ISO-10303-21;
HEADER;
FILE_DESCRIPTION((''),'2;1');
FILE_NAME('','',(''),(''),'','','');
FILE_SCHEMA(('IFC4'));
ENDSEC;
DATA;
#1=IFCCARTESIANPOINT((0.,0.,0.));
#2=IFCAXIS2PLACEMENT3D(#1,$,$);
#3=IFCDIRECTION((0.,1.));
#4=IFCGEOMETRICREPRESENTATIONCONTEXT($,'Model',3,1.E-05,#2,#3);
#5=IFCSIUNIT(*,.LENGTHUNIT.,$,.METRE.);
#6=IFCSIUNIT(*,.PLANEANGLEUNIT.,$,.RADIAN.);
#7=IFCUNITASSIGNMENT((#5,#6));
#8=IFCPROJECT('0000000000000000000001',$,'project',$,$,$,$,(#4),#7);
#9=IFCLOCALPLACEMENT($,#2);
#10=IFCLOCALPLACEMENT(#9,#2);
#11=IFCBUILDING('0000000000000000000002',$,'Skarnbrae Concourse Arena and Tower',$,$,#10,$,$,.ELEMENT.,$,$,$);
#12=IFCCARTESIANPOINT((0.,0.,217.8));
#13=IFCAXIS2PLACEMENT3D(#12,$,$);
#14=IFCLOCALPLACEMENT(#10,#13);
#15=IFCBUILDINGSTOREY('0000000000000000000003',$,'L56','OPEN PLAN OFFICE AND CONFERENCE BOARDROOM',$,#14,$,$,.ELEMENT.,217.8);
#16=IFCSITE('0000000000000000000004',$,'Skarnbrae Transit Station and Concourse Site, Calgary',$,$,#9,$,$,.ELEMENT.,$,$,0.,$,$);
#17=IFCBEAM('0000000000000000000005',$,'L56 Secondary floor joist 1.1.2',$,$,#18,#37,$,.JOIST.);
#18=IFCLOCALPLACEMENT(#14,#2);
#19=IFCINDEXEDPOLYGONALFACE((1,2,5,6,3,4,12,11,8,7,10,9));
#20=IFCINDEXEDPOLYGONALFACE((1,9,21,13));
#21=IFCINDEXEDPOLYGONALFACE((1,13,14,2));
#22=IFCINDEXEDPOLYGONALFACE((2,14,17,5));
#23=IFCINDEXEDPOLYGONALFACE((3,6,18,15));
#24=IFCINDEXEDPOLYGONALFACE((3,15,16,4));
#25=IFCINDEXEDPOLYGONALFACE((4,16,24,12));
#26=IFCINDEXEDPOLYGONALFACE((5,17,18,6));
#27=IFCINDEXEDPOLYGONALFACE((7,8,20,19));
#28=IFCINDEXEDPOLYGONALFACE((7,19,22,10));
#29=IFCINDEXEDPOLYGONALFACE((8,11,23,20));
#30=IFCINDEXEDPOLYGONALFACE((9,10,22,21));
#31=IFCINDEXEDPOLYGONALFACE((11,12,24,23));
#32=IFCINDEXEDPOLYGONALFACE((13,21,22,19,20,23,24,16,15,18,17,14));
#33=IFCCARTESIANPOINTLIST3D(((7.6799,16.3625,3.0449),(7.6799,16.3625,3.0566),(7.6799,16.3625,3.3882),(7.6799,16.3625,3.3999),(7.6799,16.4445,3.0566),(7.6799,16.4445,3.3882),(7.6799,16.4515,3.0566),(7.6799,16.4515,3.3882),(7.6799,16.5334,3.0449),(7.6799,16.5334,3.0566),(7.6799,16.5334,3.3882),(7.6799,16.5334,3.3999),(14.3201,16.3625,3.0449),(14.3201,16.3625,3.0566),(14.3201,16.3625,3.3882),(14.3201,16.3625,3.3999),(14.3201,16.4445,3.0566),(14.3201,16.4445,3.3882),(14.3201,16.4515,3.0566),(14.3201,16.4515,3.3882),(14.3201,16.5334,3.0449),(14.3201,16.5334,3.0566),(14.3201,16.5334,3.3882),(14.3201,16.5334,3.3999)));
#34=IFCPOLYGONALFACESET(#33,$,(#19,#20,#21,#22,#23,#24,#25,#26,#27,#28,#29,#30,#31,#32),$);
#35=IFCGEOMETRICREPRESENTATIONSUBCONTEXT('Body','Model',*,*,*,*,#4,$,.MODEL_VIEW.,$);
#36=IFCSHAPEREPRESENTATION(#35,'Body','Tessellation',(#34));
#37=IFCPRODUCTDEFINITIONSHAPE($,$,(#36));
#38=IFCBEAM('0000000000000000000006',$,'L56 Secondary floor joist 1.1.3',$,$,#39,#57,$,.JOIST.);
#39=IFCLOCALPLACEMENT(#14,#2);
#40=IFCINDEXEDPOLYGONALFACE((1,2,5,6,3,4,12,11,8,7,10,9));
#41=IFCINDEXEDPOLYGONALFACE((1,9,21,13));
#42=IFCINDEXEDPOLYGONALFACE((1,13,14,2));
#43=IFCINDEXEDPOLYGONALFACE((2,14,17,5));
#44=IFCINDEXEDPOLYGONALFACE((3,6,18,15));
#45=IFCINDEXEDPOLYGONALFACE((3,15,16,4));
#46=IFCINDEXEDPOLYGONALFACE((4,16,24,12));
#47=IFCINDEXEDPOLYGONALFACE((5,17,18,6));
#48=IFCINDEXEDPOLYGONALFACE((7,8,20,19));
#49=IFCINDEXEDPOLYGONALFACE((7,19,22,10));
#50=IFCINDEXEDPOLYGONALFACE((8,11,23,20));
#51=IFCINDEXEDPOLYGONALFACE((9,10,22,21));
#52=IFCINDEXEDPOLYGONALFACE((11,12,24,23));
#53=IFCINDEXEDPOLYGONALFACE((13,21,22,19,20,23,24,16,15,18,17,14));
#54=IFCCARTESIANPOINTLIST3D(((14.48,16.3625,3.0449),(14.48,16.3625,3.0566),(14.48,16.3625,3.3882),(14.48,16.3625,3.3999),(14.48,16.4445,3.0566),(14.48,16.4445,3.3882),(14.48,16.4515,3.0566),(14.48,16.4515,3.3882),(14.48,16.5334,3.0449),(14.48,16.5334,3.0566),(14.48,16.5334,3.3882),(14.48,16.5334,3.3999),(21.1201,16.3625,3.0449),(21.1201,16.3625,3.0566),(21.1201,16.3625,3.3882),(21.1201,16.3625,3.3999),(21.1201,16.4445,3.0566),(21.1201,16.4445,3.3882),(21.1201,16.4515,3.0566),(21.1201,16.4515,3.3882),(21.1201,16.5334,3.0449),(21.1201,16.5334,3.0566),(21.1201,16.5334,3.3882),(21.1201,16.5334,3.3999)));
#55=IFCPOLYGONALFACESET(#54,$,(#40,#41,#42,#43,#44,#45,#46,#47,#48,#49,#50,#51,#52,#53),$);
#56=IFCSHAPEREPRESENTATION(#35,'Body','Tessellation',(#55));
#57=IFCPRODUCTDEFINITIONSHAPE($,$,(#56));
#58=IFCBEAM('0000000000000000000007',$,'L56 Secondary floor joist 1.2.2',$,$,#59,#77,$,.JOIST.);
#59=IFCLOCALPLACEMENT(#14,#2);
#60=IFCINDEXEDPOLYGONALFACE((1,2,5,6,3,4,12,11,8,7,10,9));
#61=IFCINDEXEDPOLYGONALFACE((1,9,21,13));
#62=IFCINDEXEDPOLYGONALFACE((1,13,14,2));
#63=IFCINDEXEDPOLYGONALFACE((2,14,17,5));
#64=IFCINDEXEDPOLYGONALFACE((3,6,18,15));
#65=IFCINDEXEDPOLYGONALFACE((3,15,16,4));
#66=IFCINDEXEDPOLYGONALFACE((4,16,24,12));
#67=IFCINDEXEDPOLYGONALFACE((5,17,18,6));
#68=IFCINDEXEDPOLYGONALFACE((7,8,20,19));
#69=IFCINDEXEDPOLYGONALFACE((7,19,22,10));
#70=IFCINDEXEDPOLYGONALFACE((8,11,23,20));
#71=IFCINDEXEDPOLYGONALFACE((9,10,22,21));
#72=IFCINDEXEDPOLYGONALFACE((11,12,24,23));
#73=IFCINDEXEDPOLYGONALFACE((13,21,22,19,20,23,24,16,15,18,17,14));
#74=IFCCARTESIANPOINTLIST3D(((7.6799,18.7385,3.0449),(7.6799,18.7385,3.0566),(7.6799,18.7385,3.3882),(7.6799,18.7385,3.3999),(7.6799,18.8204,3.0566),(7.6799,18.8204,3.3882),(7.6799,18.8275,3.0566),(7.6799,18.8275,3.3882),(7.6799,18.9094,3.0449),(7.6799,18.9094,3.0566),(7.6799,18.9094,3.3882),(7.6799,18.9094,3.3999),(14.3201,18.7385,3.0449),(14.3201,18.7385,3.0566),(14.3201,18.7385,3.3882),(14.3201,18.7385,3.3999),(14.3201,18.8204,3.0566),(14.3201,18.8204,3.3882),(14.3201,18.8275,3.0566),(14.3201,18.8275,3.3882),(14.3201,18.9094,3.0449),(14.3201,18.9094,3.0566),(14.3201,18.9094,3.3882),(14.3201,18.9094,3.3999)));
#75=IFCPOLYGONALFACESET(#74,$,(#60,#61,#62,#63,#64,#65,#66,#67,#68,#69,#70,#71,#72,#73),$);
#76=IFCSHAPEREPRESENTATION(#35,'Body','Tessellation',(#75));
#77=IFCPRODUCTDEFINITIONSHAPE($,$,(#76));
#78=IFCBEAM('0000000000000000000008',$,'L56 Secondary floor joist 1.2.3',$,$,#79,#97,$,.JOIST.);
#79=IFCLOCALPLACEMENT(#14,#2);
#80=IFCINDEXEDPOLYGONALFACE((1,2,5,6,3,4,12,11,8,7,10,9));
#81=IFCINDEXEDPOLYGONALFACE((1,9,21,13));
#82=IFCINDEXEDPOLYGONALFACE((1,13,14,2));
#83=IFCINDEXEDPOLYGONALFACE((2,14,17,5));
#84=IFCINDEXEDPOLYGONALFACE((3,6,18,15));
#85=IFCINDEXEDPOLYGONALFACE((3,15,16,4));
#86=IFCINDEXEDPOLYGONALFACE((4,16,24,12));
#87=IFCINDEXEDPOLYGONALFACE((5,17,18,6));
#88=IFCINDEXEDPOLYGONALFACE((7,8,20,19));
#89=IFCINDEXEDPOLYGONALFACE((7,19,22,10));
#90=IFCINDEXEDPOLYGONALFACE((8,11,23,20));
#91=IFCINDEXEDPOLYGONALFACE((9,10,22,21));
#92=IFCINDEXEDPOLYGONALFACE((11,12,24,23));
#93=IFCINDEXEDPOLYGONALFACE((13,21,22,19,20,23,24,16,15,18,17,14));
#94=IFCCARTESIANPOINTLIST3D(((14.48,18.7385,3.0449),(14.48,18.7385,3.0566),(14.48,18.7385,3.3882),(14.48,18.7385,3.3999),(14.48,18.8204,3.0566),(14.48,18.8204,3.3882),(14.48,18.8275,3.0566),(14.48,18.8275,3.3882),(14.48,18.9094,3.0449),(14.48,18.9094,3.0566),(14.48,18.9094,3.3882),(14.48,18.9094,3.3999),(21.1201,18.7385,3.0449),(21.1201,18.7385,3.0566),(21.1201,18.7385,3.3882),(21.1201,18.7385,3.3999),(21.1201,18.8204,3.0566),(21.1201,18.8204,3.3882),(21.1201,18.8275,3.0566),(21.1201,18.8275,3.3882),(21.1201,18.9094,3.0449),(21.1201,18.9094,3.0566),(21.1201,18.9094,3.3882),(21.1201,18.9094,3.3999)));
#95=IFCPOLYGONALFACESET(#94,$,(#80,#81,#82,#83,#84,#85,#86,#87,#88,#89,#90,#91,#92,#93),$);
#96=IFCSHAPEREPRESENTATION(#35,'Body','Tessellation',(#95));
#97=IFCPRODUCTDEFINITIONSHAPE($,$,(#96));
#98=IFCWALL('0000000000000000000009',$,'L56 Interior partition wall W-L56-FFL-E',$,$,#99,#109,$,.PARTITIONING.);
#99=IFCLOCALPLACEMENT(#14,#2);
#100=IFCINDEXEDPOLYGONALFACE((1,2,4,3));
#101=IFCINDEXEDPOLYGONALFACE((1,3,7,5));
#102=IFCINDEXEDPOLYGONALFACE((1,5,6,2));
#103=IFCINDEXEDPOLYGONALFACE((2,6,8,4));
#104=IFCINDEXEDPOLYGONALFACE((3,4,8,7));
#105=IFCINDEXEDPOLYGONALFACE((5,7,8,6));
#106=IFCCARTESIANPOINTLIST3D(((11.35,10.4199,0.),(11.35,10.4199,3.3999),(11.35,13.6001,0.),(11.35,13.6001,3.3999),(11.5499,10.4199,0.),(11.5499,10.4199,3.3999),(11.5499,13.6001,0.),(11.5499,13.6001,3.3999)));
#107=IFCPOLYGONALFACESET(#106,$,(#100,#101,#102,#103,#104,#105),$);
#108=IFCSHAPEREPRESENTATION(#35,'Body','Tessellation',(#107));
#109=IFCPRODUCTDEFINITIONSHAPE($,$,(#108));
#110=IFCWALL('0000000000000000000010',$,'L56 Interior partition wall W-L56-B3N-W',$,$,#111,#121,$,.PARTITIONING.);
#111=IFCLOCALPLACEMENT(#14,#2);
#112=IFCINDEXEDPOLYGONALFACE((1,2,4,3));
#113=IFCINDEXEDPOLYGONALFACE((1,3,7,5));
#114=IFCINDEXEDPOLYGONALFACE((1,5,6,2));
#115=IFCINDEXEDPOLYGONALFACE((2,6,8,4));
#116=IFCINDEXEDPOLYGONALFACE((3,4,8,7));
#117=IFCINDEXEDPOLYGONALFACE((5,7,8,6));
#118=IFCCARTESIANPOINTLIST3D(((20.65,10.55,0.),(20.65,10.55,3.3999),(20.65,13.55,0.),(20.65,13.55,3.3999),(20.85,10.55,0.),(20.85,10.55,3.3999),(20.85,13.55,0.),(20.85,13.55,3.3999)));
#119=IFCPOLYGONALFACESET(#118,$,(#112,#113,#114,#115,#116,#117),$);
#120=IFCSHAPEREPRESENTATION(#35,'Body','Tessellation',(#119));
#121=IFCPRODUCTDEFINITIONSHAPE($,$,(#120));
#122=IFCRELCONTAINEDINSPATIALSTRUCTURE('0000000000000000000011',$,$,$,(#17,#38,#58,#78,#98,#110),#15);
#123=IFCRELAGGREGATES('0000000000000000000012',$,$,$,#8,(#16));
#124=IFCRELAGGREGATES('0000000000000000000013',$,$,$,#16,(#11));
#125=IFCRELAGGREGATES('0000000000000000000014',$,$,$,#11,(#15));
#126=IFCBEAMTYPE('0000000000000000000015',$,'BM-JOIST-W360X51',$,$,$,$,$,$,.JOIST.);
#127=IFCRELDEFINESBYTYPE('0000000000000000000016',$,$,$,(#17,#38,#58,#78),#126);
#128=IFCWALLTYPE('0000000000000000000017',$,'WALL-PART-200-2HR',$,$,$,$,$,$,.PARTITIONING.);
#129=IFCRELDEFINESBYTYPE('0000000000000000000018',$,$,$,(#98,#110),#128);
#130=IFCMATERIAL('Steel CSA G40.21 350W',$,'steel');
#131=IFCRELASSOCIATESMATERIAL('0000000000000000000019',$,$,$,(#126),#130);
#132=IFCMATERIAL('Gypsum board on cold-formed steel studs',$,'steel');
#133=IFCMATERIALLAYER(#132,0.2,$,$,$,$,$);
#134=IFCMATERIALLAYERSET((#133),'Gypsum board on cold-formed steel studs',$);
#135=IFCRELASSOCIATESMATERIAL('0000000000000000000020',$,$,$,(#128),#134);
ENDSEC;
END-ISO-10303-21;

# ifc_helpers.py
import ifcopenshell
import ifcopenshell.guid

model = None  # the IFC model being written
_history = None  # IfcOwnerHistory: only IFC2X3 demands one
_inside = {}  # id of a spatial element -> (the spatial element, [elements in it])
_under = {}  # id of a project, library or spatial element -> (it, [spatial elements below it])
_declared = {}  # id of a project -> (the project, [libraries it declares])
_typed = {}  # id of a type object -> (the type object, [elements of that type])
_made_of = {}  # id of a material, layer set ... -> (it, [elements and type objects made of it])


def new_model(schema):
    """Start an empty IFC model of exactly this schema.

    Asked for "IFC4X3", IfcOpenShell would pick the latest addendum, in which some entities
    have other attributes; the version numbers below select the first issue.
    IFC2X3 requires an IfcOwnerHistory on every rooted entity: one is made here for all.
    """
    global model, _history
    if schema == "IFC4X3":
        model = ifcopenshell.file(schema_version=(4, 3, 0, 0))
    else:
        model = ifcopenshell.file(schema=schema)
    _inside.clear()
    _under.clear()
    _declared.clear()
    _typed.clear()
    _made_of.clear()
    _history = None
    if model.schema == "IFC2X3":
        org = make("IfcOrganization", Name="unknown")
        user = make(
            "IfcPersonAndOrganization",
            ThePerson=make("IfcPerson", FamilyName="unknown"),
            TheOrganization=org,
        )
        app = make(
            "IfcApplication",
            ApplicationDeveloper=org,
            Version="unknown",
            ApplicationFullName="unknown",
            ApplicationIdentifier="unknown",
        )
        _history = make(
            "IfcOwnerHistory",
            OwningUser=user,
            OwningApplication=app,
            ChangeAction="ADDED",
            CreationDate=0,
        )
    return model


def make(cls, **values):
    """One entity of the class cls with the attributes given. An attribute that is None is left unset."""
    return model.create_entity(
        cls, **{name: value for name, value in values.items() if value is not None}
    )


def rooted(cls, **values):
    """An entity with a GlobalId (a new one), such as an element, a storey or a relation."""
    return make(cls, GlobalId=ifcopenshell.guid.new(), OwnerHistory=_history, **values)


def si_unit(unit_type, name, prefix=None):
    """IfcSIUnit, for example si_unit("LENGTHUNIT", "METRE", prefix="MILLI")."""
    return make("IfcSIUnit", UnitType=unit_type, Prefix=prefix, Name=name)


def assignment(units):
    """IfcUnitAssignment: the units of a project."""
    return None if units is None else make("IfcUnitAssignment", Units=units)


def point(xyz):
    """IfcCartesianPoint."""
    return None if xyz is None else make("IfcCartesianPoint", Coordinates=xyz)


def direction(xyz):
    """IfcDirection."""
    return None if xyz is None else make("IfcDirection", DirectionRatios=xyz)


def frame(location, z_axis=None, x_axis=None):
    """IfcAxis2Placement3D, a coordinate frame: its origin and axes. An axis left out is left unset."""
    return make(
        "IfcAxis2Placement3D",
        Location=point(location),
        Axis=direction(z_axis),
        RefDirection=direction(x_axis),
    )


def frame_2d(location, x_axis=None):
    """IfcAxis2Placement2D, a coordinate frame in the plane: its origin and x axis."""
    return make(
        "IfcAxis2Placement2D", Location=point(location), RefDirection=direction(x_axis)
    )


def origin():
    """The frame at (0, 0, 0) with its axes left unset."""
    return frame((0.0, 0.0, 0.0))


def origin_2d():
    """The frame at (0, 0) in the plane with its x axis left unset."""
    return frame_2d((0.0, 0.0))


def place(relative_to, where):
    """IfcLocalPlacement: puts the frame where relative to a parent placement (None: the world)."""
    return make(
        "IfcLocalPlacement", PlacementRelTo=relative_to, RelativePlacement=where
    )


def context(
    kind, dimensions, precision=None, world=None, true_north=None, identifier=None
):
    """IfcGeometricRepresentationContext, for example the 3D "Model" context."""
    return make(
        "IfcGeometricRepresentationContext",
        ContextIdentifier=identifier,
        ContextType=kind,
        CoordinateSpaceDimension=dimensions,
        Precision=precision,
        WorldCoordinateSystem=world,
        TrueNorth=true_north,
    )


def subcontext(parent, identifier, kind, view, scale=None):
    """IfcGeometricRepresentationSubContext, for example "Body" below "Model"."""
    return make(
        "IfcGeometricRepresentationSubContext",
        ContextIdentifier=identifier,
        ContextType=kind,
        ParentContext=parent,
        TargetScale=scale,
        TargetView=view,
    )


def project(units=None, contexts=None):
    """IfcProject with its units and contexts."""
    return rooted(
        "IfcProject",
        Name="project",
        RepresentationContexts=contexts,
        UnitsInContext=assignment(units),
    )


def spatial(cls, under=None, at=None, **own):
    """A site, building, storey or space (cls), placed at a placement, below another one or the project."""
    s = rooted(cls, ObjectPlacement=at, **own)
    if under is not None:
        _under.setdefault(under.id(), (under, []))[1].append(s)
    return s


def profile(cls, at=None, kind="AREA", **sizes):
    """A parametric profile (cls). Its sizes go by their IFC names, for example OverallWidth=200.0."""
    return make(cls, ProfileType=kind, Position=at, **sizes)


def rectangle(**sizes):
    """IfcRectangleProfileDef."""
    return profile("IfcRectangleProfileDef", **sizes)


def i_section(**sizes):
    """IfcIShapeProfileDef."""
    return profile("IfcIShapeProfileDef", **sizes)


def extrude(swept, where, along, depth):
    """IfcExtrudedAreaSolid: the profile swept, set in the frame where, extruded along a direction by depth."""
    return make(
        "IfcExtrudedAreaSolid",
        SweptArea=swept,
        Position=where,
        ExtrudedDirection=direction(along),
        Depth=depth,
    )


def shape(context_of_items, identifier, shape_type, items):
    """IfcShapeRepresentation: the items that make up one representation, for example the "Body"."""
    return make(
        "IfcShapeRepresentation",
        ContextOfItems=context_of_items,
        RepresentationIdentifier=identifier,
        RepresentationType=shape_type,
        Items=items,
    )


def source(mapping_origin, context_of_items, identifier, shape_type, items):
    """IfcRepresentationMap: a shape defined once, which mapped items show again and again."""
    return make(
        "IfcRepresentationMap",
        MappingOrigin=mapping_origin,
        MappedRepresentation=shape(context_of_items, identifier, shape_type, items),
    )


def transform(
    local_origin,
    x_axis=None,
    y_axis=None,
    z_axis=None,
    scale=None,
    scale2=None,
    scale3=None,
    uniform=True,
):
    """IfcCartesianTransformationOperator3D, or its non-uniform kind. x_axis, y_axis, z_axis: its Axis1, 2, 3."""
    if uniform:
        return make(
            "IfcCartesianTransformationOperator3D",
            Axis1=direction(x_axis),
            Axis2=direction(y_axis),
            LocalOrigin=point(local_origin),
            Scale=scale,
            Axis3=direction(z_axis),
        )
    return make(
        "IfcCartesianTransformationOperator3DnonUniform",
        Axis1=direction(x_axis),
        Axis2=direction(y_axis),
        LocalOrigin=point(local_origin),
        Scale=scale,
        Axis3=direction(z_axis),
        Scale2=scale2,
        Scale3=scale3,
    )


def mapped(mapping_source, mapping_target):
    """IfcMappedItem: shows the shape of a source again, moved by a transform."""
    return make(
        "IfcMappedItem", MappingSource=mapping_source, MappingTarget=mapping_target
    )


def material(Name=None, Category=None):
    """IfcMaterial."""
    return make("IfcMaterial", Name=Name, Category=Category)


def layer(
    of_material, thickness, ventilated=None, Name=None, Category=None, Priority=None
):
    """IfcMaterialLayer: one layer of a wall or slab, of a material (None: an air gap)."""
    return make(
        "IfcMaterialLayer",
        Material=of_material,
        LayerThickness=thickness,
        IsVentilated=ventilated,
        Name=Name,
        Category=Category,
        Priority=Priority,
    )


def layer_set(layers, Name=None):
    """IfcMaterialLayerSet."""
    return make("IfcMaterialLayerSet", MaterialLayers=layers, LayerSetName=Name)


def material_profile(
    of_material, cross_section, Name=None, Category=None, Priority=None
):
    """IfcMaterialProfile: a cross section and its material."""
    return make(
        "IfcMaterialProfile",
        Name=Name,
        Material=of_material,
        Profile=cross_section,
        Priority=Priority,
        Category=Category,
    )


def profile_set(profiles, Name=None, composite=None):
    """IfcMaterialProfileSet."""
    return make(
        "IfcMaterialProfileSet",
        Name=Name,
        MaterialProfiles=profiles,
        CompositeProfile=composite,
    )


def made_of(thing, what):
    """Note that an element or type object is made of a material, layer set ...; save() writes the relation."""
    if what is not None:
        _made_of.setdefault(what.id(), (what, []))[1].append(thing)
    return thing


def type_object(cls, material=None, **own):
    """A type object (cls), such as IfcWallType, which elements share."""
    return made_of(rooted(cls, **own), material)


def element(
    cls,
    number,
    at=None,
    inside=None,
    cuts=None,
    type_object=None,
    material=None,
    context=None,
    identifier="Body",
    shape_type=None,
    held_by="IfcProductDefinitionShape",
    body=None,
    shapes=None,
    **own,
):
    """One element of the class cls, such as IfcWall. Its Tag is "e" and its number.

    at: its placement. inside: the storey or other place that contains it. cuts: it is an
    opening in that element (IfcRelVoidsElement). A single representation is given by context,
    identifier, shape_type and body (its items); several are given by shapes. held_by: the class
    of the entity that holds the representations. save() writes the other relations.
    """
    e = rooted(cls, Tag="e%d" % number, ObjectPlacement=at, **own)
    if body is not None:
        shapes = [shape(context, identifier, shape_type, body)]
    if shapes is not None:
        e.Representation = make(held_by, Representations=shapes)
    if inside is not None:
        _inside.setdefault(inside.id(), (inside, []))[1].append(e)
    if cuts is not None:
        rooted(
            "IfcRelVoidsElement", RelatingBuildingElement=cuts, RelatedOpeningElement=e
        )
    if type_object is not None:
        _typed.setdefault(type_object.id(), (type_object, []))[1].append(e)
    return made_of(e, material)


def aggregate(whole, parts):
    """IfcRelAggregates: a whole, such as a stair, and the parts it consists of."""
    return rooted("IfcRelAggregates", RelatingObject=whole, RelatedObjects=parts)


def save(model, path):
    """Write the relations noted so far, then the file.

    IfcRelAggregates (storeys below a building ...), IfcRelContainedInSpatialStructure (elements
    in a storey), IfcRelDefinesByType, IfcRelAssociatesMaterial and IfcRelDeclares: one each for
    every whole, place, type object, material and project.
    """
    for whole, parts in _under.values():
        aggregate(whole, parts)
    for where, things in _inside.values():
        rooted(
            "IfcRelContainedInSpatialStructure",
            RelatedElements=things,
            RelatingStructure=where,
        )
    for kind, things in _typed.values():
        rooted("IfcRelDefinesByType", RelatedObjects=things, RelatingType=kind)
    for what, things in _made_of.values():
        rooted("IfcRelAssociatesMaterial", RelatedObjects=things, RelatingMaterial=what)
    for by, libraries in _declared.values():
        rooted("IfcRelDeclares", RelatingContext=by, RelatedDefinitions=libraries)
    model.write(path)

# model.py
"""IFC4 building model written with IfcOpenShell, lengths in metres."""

from ifc_helpers import new_model, si_unit, direction, frame, frame_2d, origin, origin_2d, place, context, subcontext, project, spatial, rectangle, i_section, extrude, source, transform, mapped, material, layer, layer_set, material_profile, profile_set, type_object, element, save


model = new_model("IFC4")

# Units and contexts
model_context = context("Model", 3, precision=1e-05, world=origin(), true_north=direction((0.0, 1.0)))
body_context = subcontext(model_context, "Body", "Model", "MODEL_VIEW")
ifc_project = project(units=[si_unit("LENGTHUNIT", "METRE"), si_unit("PLANEANGLEUNIT", "RADIAN")], contexts=[model_context])

# Site, building, storey
site_placement = place(None, origin())
site = spatial("IfcSite", under=ifc_project, at=site_placement, Name="Skarnbrae Transit Station and Concourse Site, Calgary", CompositionType="ELEMENT", RefElevation=0.0)
building_placement = place(site_placement, origin())
building = spatial("IfcBuilding", under=site, at=building_placement, Name="Skarnbrae Concourse Arena and Tower", CompositionType="ELEMENT")
storey_placement = place(building_placement, frame((0.0, 0.0, 217.8)))
storey = spatial("IfcBuildingStorey", under=building, at=storey_placement, Name="L56", Description="OPEN PLAN OFFICE AND CONFERENCE BOARDROOM", CompositionType="ELEMENT", Elevation=217.8)

# Shared definitions
ifc_material_1 = material(Name="Steel CSA G40.21 350W", Category="steel")

# Beams
ifc_material_profile_1 = material_profile(ifc_material_1, i_section(OverallWidth=0.1709, OverallDepth=0.355, WebThickness=0.0071, FlangeThickness=0.0117, at=origin_2d()), Name="W360X51")
ifc_profile_set_1 = profile_set([ifc_material_profile_1], Name="Steel CSA G40.21 350W")
beam_type_1 = type_object("IfcBeamType", Name="BM-JOIST-W360X51", PredefinedType="JOIST", material=ifc_profile_set_1)
shared_shape_1 = source(origin(), body_context, "Body", "SweptSolid", [
    extrude(i_section(OverallWidth=0.1709, OverallDepth=0.355, WebThickness=0.0071, FlangeThickness=0.0117, at=origin_2d()), origin(), (0.0, 0.0, 1.0), 6.6401),
])
for number, where, z_axis, x_axis, name in (
    (1, (7.6799, 16.448, 3.2224), (1.0, 0.0, 0.0), (0.0, 1.0, 0.0), "L56 Secondary floor joist 1.1.2"),
    (2, (14.48, 16.448, 3.2224), (1.0, 0.0, 0.0), (0.0, 1.0, 0.0), "L56 Secondary floor joist 1.1.3"),
    (3, (7.6799, 18.824, 3.2224), (1.0, 0.0, 0.0), (0.0, 1.0, 0.0), "L56 Secondary floor joist 1.2.2"),
    (4, (14.48, 18.824, 3.2224), (1.0, 0.0, 0.0), (0.0, 1.0, 0.0), "L56 Secondary floor joist 1.2.3"),
):
    element("IfcBeam", number, at=place(storey_placement, frame(where, z_axis=z_axis, x_axis=x_axis)), inside=storey, type_object=beam_type_1, Name=name, PredefinedType="JOIST", context=body_context, shape_type="MappedRepresentation", body=[
        mapped(shared_shape_1, transform((0.0, 0.0, 0.0))),
    ])

# Wall
ifc_material_2 = material(Name="Gypsum board on cold-formed steel studs", Category="steel")
ifc_layer_1 = layer(ifc_material_2, 0.2)
ifc_layer_set_1 = layer_set([ifc_layer_1], Name="Gypsum board on cold-formed steel studs")
wall_type_1 = type_object("IfcWallType", Name="WALL-PART-200-2HR", PredefinedType="PARTITIONING", material=ifc_layer_set_1)
shared_shape_2 = source(origin(), body_context, "Body", "SweptSolid", [
    extrude(rectangle(XDim=3.1802, YDim=0.2, at=frame_2d((1.5901, 0.0))), origin(), (0.0, 0.0, 1.0), 3.3999),
])
wall_1_placement = place(storey_placement, frame((11.45, 10.4199, 0.0), z_axis=(0.0, 0.0, 1.0), x_axis=(0.0, 1.0, 0.0)))
element("IfcWall", 5, at=wall_1_placement, inside=storey, type_object=wall_type_1, Name="L56 Interior partition wall W-L56-FFL-E", PredefinedType="PARTITIONING", context=body_context, shape_type="MappedRepresentation", body=[
    mapped(shared_shape_2, transform((0.0, 0.0, 0.0))),
])

# Wall
shared_shape_3 = source(origin(), body_context, "Body", "SweptSolid", [
    extrude(rectangle(XDim=3.0, YDim=0.2, at=frame_2d((1.5, 0.0))), origin(), (0.0, 0.0, 1.0), 3.3999),
])
wall_2_placement = place(storey_placement, frame((20.75, 10.55, 0.0), z_axis=(0.0, 0.0, 1.0), x_axis=(0.0, 1.0, 0.0)))
element("IfcWall", 6, at=wall_2_placement, inside=storey, type_object=wall_type_1, Name="L56 Interior partition wall W-L56-B3N-W", PredefinedType="PARTITIONING", context=body_context, shape_type="MappedRepresentation", body=[
    mapped(shared_shape_3, transform((0.0, 0.0, 0.0))),
])

save(model, "model.ifc")
